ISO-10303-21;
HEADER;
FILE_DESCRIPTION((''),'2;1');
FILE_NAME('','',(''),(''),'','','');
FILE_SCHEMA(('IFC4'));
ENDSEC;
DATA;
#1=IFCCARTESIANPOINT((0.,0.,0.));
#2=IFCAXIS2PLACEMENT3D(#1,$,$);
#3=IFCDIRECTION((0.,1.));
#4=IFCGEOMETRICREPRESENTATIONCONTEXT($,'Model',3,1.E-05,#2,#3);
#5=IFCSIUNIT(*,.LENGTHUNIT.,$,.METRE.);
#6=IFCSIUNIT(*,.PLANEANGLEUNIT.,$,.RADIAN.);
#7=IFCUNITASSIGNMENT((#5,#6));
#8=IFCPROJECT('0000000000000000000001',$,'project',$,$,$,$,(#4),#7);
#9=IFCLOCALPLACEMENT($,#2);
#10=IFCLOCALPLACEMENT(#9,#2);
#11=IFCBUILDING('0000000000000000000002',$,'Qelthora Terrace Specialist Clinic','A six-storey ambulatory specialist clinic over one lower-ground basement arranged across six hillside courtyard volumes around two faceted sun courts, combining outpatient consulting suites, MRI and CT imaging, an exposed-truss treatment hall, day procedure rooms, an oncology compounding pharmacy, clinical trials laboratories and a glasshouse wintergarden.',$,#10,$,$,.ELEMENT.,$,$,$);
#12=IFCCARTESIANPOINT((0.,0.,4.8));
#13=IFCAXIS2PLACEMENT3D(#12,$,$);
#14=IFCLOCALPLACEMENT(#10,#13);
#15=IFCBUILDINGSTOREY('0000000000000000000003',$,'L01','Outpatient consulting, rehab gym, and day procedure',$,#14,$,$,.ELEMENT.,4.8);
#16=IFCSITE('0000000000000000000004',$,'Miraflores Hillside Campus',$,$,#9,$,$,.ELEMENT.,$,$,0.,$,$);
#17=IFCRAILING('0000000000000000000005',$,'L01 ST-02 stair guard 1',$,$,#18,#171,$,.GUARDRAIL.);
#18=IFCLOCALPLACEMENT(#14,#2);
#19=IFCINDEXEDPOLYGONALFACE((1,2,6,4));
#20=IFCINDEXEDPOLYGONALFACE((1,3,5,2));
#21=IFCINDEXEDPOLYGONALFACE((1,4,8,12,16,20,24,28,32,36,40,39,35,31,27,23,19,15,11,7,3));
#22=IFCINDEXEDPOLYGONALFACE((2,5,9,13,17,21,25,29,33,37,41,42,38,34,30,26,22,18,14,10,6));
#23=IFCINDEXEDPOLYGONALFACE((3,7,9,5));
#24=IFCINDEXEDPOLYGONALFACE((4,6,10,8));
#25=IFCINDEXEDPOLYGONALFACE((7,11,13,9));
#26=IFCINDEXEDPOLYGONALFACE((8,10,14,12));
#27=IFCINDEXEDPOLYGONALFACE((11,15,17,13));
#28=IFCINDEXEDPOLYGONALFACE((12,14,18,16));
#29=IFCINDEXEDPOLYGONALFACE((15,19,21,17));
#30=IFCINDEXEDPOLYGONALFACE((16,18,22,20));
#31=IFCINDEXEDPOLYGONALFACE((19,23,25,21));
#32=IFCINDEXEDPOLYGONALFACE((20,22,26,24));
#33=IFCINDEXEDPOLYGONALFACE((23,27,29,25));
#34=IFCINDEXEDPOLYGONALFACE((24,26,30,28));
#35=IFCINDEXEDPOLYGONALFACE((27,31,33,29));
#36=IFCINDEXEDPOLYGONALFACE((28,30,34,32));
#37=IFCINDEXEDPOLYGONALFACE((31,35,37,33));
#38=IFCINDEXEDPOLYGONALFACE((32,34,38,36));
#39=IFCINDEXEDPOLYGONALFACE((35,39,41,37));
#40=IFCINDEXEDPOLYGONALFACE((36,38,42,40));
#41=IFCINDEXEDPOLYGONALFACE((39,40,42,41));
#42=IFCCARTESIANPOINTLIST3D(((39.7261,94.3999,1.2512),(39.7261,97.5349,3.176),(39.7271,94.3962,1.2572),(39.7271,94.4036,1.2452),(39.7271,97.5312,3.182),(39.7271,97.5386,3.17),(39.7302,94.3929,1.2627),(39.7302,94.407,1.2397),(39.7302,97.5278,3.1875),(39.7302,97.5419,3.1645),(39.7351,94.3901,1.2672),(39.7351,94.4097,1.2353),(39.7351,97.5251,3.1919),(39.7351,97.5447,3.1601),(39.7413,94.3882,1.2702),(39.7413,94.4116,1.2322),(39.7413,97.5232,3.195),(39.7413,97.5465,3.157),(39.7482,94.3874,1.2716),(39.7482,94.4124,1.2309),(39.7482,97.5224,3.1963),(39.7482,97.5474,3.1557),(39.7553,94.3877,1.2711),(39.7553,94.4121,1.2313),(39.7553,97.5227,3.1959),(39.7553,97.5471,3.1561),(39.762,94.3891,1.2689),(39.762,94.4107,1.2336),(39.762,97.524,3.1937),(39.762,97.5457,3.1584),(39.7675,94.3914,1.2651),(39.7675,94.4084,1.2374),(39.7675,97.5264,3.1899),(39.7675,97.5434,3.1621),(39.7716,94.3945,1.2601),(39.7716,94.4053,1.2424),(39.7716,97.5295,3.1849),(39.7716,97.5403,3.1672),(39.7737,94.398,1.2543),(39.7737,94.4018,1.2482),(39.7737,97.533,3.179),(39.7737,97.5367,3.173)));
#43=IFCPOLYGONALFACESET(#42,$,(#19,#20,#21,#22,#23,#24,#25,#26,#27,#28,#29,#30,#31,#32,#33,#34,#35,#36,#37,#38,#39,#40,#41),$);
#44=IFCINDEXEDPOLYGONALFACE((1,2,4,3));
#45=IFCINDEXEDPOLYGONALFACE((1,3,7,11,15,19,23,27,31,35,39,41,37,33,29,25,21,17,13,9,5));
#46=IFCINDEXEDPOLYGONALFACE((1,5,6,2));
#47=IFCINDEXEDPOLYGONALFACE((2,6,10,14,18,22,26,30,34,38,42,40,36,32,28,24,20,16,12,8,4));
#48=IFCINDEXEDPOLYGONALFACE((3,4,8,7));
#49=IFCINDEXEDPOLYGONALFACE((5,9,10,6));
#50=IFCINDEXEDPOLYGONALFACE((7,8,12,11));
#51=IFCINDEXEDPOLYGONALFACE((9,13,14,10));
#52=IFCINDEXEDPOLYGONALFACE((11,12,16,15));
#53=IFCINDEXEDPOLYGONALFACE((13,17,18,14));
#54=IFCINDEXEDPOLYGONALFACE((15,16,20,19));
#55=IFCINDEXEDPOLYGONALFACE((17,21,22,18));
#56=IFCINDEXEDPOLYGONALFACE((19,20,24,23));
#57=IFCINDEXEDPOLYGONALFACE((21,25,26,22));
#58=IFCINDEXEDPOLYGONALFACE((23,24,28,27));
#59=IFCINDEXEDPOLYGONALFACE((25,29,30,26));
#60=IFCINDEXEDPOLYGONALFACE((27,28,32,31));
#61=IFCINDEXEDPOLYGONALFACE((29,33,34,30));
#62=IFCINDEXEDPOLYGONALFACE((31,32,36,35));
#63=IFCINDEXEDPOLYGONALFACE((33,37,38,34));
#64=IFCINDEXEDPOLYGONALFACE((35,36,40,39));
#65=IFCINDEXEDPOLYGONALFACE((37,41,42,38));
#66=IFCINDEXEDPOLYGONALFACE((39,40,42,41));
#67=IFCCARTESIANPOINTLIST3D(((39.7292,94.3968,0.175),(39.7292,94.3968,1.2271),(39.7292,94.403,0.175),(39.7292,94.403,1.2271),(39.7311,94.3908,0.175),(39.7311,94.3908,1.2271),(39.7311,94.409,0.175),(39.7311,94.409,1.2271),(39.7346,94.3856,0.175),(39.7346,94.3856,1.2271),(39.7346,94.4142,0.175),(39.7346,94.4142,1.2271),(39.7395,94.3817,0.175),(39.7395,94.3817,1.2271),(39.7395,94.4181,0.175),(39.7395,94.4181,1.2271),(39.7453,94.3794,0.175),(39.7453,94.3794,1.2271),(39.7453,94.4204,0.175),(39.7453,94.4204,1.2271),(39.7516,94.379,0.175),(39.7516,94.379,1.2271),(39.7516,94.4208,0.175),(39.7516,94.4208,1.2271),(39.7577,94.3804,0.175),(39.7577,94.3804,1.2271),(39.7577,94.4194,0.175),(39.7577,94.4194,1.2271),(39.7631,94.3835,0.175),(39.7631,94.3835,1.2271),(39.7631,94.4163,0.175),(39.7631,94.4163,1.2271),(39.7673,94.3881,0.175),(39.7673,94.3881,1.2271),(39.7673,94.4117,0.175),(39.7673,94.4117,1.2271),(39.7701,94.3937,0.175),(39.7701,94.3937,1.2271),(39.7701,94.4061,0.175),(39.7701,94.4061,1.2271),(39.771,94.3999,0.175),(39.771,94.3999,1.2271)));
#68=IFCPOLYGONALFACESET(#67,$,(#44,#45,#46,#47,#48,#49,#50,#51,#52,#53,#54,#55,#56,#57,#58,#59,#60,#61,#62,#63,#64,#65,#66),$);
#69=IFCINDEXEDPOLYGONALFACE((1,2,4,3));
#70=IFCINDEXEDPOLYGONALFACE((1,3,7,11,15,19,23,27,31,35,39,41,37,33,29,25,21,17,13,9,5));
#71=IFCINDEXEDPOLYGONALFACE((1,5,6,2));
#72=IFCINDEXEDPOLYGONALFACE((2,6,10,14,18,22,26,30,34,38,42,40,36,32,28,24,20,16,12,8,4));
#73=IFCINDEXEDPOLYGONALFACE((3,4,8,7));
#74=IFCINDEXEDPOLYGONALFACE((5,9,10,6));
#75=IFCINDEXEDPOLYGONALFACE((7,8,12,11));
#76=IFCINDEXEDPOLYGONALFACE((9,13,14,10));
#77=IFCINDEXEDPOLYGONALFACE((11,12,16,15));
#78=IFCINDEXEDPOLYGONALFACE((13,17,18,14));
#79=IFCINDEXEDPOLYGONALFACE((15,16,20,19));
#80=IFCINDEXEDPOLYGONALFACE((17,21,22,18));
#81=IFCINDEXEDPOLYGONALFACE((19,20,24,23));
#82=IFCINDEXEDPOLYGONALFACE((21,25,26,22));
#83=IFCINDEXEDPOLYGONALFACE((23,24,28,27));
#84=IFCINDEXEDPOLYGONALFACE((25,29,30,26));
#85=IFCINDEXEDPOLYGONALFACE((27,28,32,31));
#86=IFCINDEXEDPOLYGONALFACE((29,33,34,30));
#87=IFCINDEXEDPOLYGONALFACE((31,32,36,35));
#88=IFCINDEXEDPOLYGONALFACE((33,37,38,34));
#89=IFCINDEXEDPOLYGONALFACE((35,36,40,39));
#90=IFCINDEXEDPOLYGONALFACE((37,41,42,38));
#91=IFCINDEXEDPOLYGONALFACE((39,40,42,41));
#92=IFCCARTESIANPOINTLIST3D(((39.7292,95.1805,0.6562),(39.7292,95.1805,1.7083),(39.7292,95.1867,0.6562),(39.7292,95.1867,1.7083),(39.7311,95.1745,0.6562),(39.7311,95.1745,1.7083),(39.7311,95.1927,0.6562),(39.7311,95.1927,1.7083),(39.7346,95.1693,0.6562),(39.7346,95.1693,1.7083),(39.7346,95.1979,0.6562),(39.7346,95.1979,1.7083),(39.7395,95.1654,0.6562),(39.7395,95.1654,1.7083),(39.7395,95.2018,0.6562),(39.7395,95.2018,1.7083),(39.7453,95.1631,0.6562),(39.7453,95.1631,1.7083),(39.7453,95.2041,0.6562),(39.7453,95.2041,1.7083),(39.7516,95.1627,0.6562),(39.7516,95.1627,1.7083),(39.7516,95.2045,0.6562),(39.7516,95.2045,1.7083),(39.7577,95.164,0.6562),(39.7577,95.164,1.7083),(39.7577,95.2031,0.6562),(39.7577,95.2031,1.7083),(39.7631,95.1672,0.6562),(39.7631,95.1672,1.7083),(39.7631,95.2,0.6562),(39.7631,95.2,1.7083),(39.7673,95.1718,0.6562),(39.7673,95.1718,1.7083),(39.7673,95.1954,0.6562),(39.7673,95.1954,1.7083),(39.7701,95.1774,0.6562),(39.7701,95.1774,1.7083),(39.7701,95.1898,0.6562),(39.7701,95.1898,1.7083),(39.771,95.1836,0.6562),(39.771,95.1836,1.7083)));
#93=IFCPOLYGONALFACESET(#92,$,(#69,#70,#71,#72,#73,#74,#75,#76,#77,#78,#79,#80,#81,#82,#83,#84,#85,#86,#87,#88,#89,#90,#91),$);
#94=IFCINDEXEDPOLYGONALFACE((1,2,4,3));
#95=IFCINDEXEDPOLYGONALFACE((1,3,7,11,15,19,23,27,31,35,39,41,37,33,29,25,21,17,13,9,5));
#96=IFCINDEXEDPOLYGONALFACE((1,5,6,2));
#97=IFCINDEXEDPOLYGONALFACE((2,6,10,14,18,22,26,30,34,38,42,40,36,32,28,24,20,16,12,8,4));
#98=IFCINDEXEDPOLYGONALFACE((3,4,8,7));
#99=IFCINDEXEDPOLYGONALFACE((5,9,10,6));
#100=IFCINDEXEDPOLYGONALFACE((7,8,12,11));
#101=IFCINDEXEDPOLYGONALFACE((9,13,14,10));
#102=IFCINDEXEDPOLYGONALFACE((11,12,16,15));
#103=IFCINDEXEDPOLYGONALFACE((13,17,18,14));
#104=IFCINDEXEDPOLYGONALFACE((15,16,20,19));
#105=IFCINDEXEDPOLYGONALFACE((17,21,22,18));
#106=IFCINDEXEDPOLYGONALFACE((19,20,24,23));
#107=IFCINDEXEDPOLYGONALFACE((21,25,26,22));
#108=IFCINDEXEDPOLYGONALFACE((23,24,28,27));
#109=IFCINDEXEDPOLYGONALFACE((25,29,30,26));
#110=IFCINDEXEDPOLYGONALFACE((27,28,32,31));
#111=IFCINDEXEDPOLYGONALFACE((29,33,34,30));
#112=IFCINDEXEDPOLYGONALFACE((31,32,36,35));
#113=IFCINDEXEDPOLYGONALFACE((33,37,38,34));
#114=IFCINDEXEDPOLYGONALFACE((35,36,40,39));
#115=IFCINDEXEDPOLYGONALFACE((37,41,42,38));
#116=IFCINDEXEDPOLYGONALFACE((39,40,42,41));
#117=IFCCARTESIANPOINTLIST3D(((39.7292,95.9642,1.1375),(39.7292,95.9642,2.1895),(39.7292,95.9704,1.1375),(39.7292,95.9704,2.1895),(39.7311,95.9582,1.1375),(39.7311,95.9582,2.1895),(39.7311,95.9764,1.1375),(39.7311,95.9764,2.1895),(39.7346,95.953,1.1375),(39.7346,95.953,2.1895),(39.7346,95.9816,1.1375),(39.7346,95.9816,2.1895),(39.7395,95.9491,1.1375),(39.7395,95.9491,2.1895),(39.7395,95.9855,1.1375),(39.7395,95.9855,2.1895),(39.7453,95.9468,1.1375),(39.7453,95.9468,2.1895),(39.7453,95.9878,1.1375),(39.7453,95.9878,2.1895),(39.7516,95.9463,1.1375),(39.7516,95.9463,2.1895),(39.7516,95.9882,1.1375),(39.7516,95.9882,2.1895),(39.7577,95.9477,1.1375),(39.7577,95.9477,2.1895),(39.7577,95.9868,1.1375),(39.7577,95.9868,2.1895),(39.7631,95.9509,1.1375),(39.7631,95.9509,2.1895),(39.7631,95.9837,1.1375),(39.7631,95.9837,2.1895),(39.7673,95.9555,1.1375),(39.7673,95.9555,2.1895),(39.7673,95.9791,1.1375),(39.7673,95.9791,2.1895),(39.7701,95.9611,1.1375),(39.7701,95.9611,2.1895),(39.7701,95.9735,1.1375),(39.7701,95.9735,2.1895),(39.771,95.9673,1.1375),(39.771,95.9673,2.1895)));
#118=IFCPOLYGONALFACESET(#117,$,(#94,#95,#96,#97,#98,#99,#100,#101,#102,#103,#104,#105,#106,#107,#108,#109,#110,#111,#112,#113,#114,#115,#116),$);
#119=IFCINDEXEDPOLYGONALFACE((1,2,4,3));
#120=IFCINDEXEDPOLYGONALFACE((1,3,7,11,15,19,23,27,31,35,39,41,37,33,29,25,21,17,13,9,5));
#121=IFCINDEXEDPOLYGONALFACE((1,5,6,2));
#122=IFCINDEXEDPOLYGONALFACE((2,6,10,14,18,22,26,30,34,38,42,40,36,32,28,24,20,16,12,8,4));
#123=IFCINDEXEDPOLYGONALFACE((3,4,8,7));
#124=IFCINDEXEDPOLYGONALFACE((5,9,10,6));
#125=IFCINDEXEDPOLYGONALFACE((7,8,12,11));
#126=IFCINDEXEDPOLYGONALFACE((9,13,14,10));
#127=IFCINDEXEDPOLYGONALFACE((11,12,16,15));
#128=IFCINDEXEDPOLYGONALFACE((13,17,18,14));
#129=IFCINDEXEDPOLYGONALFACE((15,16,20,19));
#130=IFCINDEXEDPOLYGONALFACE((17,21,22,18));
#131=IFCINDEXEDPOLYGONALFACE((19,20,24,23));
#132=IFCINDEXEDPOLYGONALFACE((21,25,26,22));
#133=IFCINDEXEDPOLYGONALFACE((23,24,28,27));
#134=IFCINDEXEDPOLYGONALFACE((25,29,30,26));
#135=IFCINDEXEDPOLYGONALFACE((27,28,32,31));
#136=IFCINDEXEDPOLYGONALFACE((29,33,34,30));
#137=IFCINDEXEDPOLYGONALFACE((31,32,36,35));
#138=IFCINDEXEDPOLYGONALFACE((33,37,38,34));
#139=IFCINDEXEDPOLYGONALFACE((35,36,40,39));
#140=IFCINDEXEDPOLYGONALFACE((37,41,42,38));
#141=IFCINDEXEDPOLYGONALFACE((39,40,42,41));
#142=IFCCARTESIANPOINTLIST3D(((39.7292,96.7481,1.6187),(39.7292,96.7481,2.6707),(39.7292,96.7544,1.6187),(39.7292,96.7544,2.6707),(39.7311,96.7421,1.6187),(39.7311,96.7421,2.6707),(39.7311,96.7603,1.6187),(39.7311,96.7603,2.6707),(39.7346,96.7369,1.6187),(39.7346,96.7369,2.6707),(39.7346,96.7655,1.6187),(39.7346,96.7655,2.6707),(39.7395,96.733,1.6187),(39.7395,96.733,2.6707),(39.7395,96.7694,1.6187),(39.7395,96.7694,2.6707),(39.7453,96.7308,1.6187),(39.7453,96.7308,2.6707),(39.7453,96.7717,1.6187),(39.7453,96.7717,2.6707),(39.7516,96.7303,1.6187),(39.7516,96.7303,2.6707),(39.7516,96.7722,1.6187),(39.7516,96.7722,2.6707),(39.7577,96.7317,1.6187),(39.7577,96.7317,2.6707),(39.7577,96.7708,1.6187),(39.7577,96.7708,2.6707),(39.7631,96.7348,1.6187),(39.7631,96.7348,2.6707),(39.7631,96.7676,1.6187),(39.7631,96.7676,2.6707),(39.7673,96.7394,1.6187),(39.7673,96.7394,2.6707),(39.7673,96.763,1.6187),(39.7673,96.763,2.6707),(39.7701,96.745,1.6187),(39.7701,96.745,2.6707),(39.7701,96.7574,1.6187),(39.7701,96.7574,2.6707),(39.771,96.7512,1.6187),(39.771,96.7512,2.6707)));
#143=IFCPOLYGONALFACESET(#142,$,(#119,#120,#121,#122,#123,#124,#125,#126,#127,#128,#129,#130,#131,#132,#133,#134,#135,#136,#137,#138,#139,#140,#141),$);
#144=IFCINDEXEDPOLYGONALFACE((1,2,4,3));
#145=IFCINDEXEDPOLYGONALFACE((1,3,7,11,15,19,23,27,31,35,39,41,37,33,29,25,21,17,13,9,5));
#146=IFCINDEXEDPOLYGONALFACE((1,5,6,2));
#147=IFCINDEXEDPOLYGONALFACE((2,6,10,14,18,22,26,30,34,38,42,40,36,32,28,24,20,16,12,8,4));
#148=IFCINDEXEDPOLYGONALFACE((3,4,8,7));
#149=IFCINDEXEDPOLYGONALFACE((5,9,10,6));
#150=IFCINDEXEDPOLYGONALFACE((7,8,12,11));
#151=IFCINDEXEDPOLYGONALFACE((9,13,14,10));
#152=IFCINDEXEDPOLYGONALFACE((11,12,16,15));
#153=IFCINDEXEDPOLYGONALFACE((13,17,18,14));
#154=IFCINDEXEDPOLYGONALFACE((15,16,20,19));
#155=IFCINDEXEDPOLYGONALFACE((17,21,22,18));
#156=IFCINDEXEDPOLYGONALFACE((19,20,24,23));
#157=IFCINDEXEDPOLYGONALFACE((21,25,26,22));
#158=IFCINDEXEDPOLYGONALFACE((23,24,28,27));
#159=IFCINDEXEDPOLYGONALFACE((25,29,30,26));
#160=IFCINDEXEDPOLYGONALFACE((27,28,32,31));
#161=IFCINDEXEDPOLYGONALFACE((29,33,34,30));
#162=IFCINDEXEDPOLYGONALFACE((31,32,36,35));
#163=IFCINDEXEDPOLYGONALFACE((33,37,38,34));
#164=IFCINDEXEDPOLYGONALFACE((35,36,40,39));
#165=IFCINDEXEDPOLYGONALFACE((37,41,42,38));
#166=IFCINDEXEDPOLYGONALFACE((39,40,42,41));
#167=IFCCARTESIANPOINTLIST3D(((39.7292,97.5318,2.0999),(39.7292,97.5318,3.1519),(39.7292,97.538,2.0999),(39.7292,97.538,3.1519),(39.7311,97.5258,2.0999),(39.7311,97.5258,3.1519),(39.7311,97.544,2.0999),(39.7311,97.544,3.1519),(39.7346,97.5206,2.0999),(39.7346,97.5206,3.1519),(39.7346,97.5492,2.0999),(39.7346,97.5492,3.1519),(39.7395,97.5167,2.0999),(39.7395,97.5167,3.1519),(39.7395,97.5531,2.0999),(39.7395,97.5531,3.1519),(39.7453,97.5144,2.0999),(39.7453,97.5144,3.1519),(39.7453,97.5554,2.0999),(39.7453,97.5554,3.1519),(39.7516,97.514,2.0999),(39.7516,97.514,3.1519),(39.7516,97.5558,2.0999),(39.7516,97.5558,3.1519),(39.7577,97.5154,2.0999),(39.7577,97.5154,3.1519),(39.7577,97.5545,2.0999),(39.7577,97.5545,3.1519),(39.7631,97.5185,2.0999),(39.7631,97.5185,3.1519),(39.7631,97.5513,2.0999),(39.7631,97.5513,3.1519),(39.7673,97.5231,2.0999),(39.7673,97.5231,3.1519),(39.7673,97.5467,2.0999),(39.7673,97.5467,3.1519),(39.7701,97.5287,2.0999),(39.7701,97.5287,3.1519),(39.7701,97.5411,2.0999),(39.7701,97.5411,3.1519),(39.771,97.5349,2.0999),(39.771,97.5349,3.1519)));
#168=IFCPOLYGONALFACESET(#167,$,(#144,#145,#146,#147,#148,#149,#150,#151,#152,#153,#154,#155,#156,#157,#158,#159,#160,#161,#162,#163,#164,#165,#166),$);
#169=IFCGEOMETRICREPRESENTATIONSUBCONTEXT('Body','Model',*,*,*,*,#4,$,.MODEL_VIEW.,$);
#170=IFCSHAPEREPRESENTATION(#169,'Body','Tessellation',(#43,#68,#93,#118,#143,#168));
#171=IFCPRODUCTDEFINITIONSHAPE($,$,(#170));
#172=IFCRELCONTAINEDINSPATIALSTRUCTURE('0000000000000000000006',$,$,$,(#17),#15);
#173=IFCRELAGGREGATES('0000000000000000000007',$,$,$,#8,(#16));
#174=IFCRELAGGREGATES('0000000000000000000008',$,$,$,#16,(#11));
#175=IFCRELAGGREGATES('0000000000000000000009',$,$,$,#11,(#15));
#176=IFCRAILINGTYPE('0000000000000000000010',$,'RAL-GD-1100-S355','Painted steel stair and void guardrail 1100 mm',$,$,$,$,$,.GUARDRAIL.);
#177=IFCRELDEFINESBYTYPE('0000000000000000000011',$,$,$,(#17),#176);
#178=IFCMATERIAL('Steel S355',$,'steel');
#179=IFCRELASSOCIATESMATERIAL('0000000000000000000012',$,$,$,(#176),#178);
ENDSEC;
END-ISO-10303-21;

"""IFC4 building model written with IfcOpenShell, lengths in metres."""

from ifc_helpers import new_model, si_unit, direction, frame, origin, origin_2d, place, context, subcontext, project, spatial, circle, extrude, material, type_object, element, save


model = new_model("IFC4")

# Units and contexts
model_context = context("Model", 3, precision=1e-05, world=origin(), true_north=direction((0.0, 1.0)))
body_context = subcontext(model_context, "Body", "Model", "MODEL_VIEW")
ifc_project = project(units=[si_unit("LENGTHUNIT", "METRE"), si_unit("PLANEANGLEUNIT", "RADIAN")], contexts=[model_context])

# Site, building, storey
site_placement = place(None, origin())
site = spatial("IfcSite", under=ifc_project, at=site_placement, Name="Miraflores Hillside Campus", CompositionType="ELEMENT", RefElevation=0.0)
building_placement = place(site_placement, origin())
building = spatial("IfcBuilding", under=site, at=building_placement, Name="Qelthora Terrace Specialist Clinic", Description="A six-storey ambulatory specialist clinic over one lower-ground basement arranged across six hillside courtyard volumes around two faceted sun courts, combining outpatient consulting suites, MRI and CT imaging, an exposed-truss treatment hall, day procedure rooms, an oncology compounding pharmacy, clinical trials laboratories and a glasshouse wintergarden.", CompositionType="ELEMENT")
storey_placement = place(building_placement, frame((0.0, 0.0, 4.8)))
storey = spatial("IfcBuildingStorey", under=building, at=storey_placement, Name="L01", Description="Outpatient consulting, rehab gym, and day procedure", CompositionType="ELEMENT", Elevation=4.8)

# Shared definitions
ifc_material_1 = material(Name="Steel S355", Category="steel")

# Railing
railing_type_1 = type_object("IfcRailingType", Name="RAL-GD-1100-S355", Description="Painted steel stair and void guardrail 1100 mm", PredefinedType="GUARDRAIL", material=ifc_material_1)
railing_1_placement = place(storey_placement, frame((39.75, 94.3999, 0.175)))
element("IfcRailing", 1, at=railing_1_placement, inside=storey, type_object=railing_type_1, Name="L01 ST-02 stair guard 1", PredefinedType="GUARDRAIL", context=body_context, shape_type="SweptSolid", body=[
    extrude(circle(Radius=0.0239, at=origin_2d()), frame((0.0, 0.0, 1.0762), z_axis=(0.0, 0.852196, 0.523223), x_axis=(-1.0, 0.0, 0.0)), (0.0, 0.0, 1.0), 3.6787),
    extrude(circle(Radius=0.021, at=origin_2d()), origin(), (0.0, 0.0, 1.0), 1.052),
    extrude(circle(Radius=0.021, at=origin_2d()), frame((0.0, 0.7837, 0.4812)), (0.0, 0.0, 1.0), 1.052),
    extrude(circle(Radius=0.021, at=origin_2d()), frame((0.0, 1.5674, 0.9624)), (0.0, 0.0, 1.0), 1.052),
    extrude(circle(Radius=0.021, at=origin_2d()), frame((0.0, 2.3513, 1.4436)), (0.0, 0.0, 1.0), 1.052),
    extrude(circle(Radius=0.021, at=origin_2d()), frame((0.0, 3.135, 1.9248)), (0.0, 0.0, 1.0), 1.052),
])

save(model, "model.ifc")
